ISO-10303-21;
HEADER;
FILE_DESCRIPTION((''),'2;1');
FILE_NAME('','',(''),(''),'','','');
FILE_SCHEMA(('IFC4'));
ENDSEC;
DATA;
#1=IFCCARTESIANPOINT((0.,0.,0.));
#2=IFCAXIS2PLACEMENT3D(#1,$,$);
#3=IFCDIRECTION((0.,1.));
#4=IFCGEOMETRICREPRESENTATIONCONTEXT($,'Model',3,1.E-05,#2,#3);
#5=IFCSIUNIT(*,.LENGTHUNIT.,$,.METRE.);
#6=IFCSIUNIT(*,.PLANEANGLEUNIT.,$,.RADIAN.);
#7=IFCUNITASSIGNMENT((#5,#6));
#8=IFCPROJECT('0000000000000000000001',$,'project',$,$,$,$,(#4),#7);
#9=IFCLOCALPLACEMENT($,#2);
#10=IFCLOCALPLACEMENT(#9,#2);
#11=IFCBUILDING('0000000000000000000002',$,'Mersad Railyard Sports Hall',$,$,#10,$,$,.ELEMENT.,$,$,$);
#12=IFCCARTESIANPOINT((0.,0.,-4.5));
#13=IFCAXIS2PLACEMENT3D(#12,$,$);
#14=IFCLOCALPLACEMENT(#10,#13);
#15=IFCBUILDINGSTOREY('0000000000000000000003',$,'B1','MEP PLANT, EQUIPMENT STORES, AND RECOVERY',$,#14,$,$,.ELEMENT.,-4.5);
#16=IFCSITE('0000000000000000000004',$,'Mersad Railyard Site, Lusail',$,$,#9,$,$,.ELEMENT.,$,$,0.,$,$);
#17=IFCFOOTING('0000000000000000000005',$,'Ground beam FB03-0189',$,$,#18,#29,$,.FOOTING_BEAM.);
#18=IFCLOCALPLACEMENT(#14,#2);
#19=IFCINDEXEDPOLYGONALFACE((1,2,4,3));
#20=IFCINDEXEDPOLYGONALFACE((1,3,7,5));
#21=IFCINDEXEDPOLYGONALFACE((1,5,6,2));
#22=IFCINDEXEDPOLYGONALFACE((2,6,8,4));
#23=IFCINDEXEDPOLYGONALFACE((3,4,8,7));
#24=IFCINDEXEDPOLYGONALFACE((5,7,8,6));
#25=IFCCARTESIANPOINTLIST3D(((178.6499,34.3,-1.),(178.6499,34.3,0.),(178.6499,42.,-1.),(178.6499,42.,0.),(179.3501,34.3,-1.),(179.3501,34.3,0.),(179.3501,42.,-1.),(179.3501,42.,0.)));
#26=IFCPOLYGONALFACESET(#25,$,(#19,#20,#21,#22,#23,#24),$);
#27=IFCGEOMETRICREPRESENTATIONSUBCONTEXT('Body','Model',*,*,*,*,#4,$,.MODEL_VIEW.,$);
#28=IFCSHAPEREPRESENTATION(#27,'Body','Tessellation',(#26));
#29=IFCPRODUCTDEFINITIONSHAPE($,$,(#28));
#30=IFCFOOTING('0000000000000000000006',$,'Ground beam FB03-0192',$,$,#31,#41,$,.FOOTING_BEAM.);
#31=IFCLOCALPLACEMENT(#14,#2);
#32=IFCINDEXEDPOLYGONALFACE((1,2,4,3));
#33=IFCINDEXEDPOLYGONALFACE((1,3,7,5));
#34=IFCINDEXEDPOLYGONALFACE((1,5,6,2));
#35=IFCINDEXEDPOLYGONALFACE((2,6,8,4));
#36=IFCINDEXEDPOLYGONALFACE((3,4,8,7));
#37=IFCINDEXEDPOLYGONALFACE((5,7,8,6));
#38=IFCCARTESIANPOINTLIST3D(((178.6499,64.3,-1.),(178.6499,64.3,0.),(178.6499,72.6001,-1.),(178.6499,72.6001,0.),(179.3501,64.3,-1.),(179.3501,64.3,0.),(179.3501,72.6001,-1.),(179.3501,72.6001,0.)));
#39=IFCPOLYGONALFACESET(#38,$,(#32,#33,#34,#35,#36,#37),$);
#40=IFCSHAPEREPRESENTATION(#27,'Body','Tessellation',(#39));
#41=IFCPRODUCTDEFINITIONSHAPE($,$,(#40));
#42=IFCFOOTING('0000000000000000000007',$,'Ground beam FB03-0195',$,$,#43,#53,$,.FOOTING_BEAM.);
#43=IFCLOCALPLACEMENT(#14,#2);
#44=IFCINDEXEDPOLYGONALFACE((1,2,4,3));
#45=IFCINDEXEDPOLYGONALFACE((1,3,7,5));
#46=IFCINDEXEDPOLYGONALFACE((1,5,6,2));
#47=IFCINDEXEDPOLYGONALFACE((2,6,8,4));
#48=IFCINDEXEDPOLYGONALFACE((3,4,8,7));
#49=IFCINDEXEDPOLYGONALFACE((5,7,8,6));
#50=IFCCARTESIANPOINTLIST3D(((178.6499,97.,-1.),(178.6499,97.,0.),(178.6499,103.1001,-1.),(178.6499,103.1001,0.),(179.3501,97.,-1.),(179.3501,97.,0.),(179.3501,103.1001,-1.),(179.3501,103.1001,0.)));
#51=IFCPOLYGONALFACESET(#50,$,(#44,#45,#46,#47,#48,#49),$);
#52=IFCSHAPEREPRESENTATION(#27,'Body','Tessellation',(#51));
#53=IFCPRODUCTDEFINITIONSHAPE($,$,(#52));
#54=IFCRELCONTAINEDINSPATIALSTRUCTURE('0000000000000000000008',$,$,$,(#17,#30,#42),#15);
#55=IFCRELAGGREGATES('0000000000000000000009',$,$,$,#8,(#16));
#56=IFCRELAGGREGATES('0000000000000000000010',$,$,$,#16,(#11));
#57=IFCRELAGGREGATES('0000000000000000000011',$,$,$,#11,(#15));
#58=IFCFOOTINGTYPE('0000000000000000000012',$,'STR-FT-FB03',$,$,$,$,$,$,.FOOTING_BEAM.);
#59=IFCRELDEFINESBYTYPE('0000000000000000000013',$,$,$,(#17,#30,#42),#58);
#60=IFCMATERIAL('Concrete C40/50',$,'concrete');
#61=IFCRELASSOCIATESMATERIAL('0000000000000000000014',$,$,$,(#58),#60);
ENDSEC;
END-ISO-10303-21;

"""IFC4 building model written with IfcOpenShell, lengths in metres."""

from ifc_helpers import new_model, si_unit, direction, frame, origin, place, context, subcontext, project, spatial, polyline, outline, extrude, material, type_object, element, save


model = new_model("IFC4")

# Units and contexts
model_context = context("Model", 3, precision=1e-05, world=origin(), true_north=direction((0.0, 1.0)))
body_context = subcontext(model_context, "Body", "Model", "MODEL_VIEW")
ifc_project = project(units=[si_unit("LENGTHUNIT", "METRE"), si_unit("PLANEANGLEUNIT", "RADIAN")], contexts=[model_context])

# Site, building, storey
site_placement = place(None, origin())
site = spatial("IfcSite", under=ifc_project, at=site_placement, Name="Mersad Railyard Site, Lusail", CompositionType="ELEMENT", RefElevation=0.0)
building_placement = place(site_placement, origin())
building = spatial("IfcBuilding", under=site, at=building_placement, Name="Mersad Railyard Sports Hall", CompositionType="ELEMENT")
storey_placement = place(building_placement, frame((0.0, 0.0, -4.5)))
storey = spatial("IfcBuildingStorey", under=building, at=storey_placement, Name="B1", Description="MEP PLANT, EQUIPMENT STORES, AND RECOVERY", CompositionType="ELEMENT", Elevation=-4.5)

# Footings
ifc_material = material(Name="Concrete C40/50", Category="concrete")
footing_type_1 = type_object("IfcFootingType", Name="STR-FT-FB03", PredefinedType="FOOTING_BEAM", material=ifc_material)
footing_1_placement = place(storey_placement, frame((0.0, 0.0, -1.0)))
element("IfcFooting", 1, at=footing_1_placement, inside=storey, type_object=footing_type_1, Name="Ground beam FB03-0189", PredefinedType="FOOTING_BEAM", context=body_context, shape_type="SweptSolid", body=[
    extrude(outline(polyline([(178.6499, 34.3), (179.3501, 34.3), (179.3501, 42.0), (178.6499, 42.0), (178.6499, 34.3)])), origin(), (0.0, 0.0, 1.0), 1.0),
])
footing_2_placement = place(storey_placement, frame((0.0, 0.0, -1.0)))
element("IfcFooting", 2, at=footing_2_placement, inside=storey, type_object=footing_type_1, Name="Ground beam FB03-0192", PredefinedType="FOOTING_BEAM", context=body_context, shape_type="SweptSolid", body=[
    extrude(outline(polyline([(178.6499, 64.3), (179.3501, 64.3), (179.3501, 72.6001), (178.6499, 72.6001), (178.6499, 64.3)])), origin(), (0.0, 0.0, 1.0), 1.0),
])
footing_3_placement = place(storey_placement, frame((0.0, 0.0, -1.0)))
element("IfcFooting", 3, at=footing_3_placement, inside=storey, type_object=footing_type_1, Name="Ground beam FB03-0195", PredefinedType="FOOTING_BEAM", context=body_context, shape_type="SweptSolid", body=[
    extrude(outline(polyline([(178.6499, 97.0), (179.3501, 97.0), (179.3501, 103.1001), (178.6499, 103.1001), (178.6499, 97.0)])), origin(), (0.0, 0.0, 1.0), 1.0),
])

save(model, "model.ifc")
